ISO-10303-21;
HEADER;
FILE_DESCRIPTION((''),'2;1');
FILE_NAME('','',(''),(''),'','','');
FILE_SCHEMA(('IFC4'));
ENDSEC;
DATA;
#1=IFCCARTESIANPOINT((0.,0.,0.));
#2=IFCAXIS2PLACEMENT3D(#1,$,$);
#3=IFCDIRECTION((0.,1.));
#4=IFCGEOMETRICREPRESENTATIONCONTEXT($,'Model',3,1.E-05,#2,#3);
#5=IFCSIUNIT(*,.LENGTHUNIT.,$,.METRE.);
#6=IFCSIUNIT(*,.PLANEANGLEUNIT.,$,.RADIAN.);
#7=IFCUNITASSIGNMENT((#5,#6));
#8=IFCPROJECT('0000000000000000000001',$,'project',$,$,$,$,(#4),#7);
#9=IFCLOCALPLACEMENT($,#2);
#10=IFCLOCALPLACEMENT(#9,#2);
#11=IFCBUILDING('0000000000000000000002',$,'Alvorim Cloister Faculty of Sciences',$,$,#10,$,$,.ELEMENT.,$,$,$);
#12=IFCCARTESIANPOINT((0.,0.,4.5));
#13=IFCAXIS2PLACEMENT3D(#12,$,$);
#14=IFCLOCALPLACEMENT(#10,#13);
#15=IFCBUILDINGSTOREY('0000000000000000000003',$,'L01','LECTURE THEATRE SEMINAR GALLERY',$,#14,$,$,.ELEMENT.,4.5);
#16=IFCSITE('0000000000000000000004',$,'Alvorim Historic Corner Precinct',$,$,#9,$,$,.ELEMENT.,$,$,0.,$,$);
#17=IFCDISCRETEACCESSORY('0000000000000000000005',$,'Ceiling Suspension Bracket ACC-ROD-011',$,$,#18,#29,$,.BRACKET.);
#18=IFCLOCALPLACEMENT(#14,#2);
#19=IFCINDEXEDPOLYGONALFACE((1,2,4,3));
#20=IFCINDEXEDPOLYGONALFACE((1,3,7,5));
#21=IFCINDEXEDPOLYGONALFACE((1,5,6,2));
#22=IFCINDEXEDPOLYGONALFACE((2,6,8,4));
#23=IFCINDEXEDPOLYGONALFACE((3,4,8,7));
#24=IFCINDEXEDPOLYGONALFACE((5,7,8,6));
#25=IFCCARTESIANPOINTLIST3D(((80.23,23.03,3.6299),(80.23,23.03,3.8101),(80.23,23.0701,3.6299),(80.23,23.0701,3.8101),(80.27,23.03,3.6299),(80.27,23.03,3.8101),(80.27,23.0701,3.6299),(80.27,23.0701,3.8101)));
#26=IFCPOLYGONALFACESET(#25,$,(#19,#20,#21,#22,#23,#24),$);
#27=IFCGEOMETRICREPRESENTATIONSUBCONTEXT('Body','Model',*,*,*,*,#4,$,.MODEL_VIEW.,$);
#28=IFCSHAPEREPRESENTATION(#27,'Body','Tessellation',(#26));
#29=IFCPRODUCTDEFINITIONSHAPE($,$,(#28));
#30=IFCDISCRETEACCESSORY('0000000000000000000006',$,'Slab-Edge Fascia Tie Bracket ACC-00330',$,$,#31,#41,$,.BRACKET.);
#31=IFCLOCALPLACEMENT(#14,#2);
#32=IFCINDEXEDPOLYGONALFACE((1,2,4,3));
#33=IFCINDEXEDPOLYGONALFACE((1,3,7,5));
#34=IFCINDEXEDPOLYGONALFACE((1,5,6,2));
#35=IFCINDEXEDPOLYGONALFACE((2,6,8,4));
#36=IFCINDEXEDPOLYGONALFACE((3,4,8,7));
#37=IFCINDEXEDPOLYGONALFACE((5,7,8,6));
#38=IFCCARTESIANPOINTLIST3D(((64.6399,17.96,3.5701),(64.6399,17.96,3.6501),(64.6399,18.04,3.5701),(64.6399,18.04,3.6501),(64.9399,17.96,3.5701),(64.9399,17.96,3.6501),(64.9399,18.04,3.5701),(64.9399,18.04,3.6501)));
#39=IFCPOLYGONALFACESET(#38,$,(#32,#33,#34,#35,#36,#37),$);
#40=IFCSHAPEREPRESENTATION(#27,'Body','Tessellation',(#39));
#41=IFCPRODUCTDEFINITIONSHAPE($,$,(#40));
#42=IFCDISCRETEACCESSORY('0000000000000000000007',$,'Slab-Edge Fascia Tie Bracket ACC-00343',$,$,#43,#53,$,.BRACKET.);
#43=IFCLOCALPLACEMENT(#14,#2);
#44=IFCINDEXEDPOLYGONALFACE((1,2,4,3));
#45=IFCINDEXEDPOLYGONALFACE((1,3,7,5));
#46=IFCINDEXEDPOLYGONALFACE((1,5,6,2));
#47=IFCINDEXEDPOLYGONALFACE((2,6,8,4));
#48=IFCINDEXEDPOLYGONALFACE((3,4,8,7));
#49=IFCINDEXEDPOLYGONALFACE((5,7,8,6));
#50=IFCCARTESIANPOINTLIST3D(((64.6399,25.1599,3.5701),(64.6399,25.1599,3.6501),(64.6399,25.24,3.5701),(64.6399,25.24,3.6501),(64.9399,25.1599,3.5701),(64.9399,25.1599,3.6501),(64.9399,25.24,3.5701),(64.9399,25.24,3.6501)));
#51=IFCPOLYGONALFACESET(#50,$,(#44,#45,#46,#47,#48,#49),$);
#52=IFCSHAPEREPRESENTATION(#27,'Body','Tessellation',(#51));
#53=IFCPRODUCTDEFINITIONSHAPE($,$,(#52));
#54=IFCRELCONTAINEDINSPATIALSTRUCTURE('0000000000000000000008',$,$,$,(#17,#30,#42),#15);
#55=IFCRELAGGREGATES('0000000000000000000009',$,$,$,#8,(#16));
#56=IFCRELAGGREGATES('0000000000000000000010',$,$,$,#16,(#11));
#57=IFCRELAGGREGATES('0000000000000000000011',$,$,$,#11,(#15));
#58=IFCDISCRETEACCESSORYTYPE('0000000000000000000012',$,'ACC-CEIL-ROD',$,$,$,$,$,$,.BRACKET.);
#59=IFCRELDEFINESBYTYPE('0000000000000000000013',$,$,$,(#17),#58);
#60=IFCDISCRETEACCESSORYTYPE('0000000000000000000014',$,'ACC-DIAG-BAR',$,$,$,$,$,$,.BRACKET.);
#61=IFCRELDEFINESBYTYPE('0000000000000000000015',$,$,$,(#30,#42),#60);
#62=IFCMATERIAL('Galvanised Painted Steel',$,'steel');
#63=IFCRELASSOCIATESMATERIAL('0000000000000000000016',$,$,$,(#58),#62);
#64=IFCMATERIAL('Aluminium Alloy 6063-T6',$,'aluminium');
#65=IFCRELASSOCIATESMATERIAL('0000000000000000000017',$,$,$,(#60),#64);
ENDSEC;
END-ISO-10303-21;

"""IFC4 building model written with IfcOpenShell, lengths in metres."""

from ifc_helpers import new_model, si_unit, direction, frame, origin, origin_2d, place, context, subcontext, project, spatial, rectangle, extrude, material, type_object, element, save


model = new_model("IFC4")

# Units and contexts
model_context = context("Model", 3, precision=1e-05, world=origin(), true_north=direction((0.0, 1.0)))
body_context = subcontext(model_context, "Body", "Model", "MODEL_VIEW")
ifc_project = project(units=[si_unit("LENGTHUNIT", "METRE"), si_unit("PLANEANGLEUNIT", "RADIAN")], contexts=[model_context])

# Site, building, storey
site_placement = place(None, origin())
site = spatial("IfcSite", under=ifc_project, at=site_placement, Name="Alvorim Historic Corner Precinct", CompositionType="ELEMENT", RefElevation=0.0)
building_placement = place(site_placement, origin())
building = spatial("IfcBuilding", under=site, at=building_placement, Name="Alvorim Cloister Faculty of Sciences", CompositionType="ELEMENT")
storey_placement = place(building_placement, frame((0.0, 0.0, 4.5)))
storey = spatial("IfcBuildingStorey", under=building, at=storey_placement, Name="L01", Description="LECTURE THEATRE SEMINAR GALLERY", CompositionType="ELEMENT", Elevation=4.5)

# Shared definitions
ifc_material_1 = material(Name="Aluminium Alloy 6063-T6", Category="aluminium")

# Shared definitions
ifc_material_2 = material(Name="Galvanised Painted Steel", Category="steel")

# Discrete accessories
discrete_accessory_type_1 = type_object("IfcDiscreteAccessoryType", Name="ACC-CEIL-ROD", PredefinedType="BRACKET", material=ifc_material_2)
discrete_accessory_placement = place(storey_placement, frame((80.25, 23.05, 3.6299), z_axis=(0.0, 0.0, 1.0), x_axis=(1.0, 0.0, 0.0)))
element("IfcDiscreteAccessory", 1, at=discrete_accessory_placement, inside=storey, type_object=discrete_accessory_type_1, Name="Ceiling Suspension Bracket ACC-ROD-011", PredefinedType="BRACKET", context=body_context, shape_type="SweptSolid", body=[
    extrude(rectangle(XDim=0.04, YDim=0.04, at=origin_2d()), origin(), (0.0, 0.0, 1.0), 0.1802),
])
discrete_accessory_type_2 = type_object("IfcDiscreteAccessoryType", Name="ACC-DIAG-BAR", PredefinedType="BRACKET", material=ifc_material_1)
for number, where, z_axis, x_axis, name in (
    (2, (64.9399, 18.0, 3.6101), (-1.0, 0.0, 0.0), (0.0, -1.0, 0.0), "Slab-Edge Fascia Tie Bracket ACC-00330"),
    (3, (64.9399, 25.2, 3.6101), (-1.0, 0.0, 0.0), (0.0, -1.0, 0.0), "Slab-Edge Fascia Tie Bracket ACC-00343"),
):
    element("IfcDiscreteAccessory", number, at=place(storey_placement, frame(where, z_axis=z_axis, x_axis=x_axis)), inside=storey, type_object=discrete_accessory_type_2, Name=name, PredefinedType="BRACKET", context=body_context, shape_type="SweptSolid", body=[
        extrude(rectangle(XDim=0.0801, YDim=0.0801, at=origin_2d()), origin(), (0.0, 0.0, 1.0), 0.3),
    ])

save(model, "model.ifc")
